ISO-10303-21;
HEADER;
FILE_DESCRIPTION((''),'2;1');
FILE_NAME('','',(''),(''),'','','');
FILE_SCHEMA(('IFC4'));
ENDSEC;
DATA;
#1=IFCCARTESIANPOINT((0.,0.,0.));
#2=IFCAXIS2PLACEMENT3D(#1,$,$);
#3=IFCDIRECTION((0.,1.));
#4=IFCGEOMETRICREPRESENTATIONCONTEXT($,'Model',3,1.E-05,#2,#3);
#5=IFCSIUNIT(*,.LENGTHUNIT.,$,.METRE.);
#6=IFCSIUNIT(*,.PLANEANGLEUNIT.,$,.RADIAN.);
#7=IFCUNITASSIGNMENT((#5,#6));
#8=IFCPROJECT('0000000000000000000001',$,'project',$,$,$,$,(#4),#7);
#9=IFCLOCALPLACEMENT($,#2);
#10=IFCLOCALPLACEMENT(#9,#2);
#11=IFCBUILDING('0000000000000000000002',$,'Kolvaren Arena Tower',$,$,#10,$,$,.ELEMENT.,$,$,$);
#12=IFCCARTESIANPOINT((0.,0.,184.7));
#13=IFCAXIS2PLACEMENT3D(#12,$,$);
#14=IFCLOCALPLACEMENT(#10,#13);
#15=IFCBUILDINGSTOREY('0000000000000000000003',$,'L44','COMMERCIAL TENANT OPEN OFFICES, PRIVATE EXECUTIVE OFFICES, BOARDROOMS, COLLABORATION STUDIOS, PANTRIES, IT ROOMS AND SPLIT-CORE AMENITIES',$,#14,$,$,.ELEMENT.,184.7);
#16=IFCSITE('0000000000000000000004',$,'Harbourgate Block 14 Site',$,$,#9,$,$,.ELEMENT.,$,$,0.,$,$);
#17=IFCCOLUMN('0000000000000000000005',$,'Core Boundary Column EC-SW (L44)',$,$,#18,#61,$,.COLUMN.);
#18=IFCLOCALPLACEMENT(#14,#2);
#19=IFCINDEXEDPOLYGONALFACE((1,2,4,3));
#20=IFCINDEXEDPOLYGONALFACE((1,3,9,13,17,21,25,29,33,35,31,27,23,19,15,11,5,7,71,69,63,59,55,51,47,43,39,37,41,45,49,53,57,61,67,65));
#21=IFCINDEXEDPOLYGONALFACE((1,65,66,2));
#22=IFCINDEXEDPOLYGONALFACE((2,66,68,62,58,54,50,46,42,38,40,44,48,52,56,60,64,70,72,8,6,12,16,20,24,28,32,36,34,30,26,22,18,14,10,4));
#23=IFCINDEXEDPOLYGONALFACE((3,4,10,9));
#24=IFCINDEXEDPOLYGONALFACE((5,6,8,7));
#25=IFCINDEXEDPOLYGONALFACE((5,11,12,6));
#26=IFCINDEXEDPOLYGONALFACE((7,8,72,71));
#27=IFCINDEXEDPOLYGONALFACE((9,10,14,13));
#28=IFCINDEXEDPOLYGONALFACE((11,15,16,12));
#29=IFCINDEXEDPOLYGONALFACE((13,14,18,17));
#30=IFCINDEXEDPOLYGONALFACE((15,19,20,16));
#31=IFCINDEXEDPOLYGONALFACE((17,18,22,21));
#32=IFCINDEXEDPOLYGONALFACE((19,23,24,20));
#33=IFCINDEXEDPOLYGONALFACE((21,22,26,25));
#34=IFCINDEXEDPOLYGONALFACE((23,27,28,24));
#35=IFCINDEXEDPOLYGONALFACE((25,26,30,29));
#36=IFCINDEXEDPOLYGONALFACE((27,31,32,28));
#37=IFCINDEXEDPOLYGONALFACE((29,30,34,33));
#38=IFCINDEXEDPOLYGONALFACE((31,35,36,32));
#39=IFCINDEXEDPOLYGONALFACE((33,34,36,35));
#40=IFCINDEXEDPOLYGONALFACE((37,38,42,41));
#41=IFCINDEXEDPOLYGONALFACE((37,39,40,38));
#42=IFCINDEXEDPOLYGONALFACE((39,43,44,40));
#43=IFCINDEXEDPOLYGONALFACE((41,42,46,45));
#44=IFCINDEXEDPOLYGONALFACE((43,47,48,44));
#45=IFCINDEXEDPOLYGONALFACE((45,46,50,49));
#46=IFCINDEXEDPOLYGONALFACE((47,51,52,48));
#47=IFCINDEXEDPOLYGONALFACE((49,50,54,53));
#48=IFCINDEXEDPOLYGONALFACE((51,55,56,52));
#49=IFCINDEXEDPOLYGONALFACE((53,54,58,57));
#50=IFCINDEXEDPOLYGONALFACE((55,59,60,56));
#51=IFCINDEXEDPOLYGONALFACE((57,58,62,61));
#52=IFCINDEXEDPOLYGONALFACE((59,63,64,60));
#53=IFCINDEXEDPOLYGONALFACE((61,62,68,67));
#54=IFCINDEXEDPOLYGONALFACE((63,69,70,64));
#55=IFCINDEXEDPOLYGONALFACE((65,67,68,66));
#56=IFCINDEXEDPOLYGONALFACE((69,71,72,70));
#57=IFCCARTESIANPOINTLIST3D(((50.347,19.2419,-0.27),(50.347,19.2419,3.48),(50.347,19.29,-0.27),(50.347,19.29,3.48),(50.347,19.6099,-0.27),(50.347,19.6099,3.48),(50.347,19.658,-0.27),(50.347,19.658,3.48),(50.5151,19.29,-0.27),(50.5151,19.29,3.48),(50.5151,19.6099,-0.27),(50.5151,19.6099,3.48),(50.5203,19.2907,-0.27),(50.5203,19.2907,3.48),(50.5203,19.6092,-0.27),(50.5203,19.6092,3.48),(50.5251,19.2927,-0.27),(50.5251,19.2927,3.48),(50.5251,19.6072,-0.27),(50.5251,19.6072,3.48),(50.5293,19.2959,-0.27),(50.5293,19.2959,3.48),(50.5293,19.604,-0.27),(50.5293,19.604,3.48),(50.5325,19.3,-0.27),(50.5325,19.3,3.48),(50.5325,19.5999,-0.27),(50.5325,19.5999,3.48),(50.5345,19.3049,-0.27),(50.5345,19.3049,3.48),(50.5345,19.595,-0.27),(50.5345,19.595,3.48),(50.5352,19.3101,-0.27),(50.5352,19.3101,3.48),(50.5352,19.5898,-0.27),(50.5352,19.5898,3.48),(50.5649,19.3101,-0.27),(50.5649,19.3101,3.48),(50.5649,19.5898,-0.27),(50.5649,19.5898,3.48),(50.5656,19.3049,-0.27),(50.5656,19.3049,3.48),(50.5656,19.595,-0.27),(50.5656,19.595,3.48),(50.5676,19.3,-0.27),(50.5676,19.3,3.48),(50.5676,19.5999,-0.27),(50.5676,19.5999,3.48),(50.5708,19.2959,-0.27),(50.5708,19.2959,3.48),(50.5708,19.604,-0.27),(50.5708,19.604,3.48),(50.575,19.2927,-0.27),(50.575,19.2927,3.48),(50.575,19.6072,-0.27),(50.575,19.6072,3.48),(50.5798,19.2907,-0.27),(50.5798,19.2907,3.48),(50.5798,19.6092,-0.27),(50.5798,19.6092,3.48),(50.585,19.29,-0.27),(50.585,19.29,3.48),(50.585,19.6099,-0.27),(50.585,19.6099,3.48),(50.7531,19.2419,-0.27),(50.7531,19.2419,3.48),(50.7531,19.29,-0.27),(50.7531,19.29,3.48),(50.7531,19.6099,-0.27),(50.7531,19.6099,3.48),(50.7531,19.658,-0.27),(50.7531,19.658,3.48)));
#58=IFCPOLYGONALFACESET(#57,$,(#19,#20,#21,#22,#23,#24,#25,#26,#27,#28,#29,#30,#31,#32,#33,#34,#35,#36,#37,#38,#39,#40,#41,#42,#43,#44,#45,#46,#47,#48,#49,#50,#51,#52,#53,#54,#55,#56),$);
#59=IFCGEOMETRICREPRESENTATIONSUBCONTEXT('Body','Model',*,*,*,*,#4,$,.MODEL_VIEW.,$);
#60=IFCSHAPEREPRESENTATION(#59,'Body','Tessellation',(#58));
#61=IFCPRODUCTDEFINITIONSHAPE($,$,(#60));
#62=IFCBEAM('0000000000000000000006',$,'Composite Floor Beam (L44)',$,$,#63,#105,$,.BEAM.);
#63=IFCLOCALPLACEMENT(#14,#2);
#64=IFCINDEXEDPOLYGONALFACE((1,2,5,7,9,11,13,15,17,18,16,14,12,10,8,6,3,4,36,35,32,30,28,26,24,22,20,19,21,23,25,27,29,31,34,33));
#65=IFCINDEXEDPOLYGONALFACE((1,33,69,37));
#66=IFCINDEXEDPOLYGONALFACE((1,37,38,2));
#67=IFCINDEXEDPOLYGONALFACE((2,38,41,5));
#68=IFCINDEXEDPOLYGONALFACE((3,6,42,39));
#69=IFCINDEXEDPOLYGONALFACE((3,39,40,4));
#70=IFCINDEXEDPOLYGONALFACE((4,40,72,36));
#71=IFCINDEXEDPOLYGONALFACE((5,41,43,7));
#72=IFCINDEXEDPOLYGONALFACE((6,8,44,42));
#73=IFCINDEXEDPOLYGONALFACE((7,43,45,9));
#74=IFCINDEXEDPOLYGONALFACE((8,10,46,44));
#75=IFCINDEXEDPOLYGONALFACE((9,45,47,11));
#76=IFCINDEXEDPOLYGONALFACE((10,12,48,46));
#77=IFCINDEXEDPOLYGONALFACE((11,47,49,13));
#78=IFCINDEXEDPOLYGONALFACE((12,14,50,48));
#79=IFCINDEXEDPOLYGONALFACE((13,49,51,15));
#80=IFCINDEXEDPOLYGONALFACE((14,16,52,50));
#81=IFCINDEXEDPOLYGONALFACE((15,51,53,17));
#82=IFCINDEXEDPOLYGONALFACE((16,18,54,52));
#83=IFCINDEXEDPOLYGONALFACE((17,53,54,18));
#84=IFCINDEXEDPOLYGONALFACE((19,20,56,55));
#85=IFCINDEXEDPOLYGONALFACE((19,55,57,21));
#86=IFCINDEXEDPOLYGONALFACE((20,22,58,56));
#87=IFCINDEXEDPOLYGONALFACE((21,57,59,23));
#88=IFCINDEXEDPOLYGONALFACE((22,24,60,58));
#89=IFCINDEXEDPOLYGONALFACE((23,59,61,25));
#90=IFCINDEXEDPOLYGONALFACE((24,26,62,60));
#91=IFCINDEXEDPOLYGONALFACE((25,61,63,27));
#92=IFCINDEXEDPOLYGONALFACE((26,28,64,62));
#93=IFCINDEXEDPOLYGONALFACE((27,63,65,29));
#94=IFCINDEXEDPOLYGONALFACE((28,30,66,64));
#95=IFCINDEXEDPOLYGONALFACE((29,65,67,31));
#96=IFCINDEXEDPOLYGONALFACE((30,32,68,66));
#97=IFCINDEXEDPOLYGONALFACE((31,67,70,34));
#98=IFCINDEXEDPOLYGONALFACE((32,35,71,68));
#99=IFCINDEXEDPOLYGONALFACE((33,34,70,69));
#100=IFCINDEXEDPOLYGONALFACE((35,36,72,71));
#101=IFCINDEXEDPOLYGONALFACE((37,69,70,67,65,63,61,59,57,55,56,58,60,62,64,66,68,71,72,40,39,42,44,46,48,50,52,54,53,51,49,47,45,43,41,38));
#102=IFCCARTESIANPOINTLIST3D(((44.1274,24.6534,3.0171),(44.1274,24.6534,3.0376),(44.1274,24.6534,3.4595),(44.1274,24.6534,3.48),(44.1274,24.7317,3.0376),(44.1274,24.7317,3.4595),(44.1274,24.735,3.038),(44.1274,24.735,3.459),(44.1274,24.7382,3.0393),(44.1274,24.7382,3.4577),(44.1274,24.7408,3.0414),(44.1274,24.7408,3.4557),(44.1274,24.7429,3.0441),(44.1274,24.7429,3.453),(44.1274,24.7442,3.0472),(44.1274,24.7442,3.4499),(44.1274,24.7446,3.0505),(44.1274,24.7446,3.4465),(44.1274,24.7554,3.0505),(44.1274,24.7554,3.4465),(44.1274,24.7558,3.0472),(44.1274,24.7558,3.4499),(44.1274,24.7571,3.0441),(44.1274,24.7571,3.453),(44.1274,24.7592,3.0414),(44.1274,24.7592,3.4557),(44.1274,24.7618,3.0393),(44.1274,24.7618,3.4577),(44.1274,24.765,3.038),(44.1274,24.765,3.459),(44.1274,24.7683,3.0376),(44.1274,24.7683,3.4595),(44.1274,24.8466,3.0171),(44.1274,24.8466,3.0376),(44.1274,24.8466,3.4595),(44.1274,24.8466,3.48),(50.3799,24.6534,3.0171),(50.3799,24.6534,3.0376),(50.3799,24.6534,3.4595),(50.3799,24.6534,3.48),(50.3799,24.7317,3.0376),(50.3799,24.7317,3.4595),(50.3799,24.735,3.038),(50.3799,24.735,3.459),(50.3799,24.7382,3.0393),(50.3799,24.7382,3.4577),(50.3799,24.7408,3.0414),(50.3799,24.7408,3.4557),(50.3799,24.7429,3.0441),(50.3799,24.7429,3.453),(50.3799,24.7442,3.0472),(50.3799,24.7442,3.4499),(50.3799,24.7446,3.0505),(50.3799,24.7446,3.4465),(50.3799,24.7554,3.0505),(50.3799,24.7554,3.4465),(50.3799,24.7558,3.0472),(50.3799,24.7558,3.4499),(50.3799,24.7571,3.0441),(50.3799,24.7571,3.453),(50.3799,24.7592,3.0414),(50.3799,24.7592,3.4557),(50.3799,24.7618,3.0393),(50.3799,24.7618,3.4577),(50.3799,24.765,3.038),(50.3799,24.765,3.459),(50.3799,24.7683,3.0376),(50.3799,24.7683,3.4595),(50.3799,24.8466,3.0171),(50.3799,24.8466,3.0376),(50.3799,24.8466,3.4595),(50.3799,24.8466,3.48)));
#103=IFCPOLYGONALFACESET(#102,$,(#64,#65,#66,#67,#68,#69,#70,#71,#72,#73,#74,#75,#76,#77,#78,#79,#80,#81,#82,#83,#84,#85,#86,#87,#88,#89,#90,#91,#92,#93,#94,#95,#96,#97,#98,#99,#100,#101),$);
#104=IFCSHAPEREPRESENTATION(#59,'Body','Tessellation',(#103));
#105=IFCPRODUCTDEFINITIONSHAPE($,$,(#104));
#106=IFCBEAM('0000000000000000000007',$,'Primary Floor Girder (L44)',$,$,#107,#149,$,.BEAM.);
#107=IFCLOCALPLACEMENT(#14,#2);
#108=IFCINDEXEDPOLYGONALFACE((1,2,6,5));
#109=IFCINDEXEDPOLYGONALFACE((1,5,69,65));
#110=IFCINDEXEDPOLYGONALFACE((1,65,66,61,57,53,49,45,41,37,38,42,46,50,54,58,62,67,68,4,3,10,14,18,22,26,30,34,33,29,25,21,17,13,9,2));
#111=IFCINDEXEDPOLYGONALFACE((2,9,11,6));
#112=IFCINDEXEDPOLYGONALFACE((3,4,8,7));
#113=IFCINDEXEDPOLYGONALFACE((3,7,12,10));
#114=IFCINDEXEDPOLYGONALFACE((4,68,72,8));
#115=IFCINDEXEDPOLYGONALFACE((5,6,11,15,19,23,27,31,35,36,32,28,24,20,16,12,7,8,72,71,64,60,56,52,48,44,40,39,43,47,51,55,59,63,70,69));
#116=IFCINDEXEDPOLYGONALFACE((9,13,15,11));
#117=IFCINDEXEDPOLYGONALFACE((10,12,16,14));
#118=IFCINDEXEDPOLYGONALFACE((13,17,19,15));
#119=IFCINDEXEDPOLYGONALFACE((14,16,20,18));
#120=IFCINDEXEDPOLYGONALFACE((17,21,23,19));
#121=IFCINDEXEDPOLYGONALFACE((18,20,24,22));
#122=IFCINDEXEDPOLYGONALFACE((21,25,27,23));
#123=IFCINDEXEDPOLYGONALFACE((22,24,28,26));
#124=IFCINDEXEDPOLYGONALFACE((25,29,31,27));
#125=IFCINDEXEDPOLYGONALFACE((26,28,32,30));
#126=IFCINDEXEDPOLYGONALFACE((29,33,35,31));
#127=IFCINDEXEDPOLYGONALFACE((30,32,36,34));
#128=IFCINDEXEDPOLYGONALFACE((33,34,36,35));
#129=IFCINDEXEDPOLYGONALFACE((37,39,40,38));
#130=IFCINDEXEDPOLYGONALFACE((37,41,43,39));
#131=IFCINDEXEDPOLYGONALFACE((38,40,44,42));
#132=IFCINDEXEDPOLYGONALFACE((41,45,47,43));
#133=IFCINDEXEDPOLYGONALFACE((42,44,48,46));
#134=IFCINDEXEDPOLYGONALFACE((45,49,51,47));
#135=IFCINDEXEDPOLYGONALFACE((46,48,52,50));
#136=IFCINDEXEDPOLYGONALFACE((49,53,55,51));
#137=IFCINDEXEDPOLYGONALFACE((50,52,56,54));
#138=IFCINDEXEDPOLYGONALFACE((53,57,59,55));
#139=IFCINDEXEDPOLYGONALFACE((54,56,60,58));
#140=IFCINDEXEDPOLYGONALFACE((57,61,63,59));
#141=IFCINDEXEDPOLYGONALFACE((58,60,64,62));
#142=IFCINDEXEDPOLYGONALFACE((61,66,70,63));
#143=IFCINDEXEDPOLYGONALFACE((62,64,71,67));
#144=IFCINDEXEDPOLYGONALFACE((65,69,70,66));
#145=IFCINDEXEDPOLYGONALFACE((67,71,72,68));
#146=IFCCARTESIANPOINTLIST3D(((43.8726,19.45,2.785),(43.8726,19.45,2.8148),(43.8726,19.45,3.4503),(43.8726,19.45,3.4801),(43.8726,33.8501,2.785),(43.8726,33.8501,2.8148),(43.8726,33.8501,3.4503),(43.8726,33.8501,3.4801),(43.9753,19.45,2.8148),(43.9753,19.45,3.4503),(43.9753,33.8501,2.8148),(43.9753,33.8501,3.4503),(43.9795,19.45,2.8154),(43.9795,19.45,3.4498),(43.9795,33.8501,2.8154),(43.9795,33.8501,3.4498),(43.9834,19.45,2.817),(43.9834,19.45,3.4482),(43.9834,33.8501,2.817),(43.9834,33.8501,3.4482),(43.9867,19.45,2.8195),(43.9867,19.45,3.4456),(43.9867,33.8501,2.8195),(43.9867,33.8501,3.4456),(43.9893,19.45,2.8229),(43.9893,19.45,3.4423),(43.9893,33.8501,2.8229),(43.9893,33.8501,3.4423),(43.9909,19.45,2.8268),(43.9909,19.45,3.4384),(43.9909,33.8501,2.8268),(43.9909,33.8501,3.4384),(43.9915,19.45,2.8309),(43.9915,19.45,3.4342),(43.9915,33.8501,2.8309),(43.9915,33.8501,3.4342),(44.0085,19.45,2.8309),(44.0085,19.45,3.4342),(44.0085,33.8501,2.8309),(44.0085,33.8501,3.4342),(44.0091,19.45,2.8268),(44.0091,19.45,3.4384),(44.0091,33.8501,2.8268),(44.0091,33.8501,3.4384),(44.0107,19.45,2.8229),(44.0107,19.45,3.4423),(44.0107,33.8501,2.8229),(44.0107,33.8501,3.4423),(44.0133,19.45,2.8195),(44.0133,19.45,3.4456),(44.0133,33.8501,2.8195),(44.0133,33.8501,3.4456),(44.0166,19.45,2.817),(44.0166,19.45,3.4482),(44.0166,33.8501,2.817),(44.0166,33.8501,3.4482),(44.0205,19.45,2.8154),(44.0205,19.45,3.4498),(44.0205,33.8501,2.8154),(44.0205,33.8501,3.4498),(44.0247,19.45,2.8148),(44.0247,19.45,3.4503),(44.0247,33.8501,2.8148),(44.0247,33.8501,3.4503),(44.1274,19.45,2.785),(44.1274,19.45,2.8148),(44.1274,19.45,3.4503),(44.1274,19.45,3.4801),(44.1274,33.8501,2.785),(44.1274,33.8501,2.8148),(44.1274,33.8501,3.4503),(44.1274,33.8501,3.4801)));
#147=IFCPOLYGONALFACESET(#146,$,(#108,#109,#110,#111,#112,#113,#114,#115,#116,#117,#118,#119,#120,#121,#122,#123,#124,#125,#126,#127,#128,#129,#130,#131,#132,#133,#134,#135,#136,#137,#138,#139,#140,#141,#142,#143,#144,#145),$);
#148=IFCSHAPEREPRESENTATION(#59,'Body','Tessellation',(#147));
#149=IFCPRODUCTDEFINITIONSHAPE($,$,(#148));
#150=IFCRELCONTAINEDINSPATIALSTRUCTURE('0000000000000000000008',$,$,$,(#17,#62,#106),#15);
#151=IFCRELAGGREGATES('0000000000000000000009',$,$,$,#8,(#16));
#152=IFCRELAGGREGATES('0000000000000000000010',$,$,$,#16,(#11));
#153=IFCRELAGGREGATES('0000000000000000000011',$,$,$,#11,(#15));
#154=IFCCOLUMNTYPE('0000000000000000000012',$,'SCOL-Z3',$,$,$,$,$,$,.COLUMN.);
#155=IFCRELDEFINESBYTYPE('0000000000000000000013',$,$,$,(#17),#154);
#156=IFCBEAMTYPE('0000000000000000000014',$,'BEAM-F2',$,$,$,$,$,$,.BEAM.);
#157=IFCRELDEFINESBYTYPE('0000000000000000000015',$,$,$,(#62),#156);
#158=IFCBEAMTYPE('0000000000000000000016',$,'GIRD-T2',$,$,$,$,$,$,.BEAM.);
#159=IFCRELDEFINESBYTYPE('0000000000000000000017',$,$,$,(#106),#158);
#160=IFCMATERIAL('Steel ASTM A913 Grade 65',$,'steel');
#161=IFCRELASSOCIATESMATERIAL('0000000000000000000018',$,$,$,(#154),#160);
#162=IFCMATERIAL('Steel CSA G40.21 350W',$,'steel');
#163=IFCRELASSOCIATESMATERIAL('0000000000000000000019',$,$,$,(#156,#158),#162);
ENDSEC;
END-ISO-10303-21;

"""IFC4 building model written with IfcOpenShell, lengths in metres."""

from ifc_helpers import new_model, si_unit, direction, frame, origin, origin_2d, place, context, subcontext, project, spatial, i_section, extrude, material, material_profile, profile_set, type_object, element, save


model = new_model("IFC4")

# Units and contexts
model_context = context("Model", 3, precision=1e-05, world=origin(), true_north=direction((0.0, 1.0)))
body_context = subcontext(model_context, "Body", "Model", "MODEL_VIEW")
ifc_project = project(units=[si_unit("LENGTHUNIT", "METRE"), si_unit("PLANEANGLEUNIT", "RADIAN")], contexts=[model_context])

# Site, building, storey
site_placement = place(None, origin())
site = spatial("IfcSite", under=ifc_project, at=site_placement, Name="Harbourgate Block 14 Site", CompositionType="ELEMENT", RefElevation=0.0)
building_placement = place(site_placement, origin())
building = spatial("IfcBuilding", under=site, at=building_placement, Name="Kolvaren Arena Tower", CompositionType="ELEMENT")
storey_placement = place(building_placement, frame((0.0, 0.0, 184.7)))
storey = spatial("IfcBuildingStorey", under=building, at=storey_placement, Name="L44", Description="COMMERCIAL TENANT OPEN OFFICES, PRIVATE EXECUTIVE OFFICES, BOARDROOMS, COLLABORATION STUDIOS, PANTRIES, IT ROOMS AND SPLIT-CORE AMENITIES", CompositionType="ELEMENT", Elevation=184.7)

# Column
ifc_material_1 = material(Name="Steel ASTM A913 Grade 65", Category="steel")
ifc_material_profile_1 = material_profile(ifc_material_1, i_section(OverallWidth=0.406, OverallDepth=0.416, WebThickness=0.0298, FlangeThickness=0.0481, FilletRadius=0.02, at=origin_2d()), Name="W360x382")
ifc_profile_set_1 = profile_set([ifc_material_profile_1], Name="Steel ASTM A913 Grade 65")
column_type = type_object("IfcColumnType", Name="SCOL-Z3", PredefinedType="COLUMN", material=ifc_profile_set_1)
column_placement = place(storey_placement, frame((50.55, 19.45, -0.27), z_axis=(0.0, 0.0, 1.0), x_axis=(1.0, 0.0, 0.0)))
element("IfcColumn", 1, at=column_placement, inside=storey, type_object=column_type, Name="Core Boundary Column EC-SW (L44)", PredefinedType="COLUMN", context=body_context, shape_type="SweptSolid", body=[
    extrude(i_section(OverallWidth=0.406, OverallDepth=0.416, WebThickness=0.0298, FlangeThickness=0.0481, FilletRadius=0.02, at=origin_2d()), origin(), (0.0, 0.0, 1.0), 3.75),
])

# Beams
ifc_material_2 = material(Name="Steel CSA G40.21 350W", Category="steel")
ifc_material_profile_2 = material_profile(ifc_material_2, i_section(OverallWidth=0.1931, OverallDepth=0.4629, WebThickness=0.0107, FlangeThickness=0.0205, FilletRadius=0.0129, at=origin_2d()), Name="W460x113")
ifc_profile_set_2 = profile_set([ifc_material_profile_2], Name="Steel CSA G40.21 350W")
beam_type_1 = type_object("IfcBeamType", Name="BEAM-F2", PredefinedType="BEAM", material=ifc_profile_set_2)
beam_1_placement = place(storey_placement, frame((44.1274, 24.75, 3.2485), z_axis=(1.0, 0.0, 0.0), x_axis=(0.0, 1.0, 0.0)))
element("IfcBeam", 2, at=beam_1_placement, inside=storey, type_object=beam_type_1, Name="Composite Floor Beam (L44)", PredefinedType="BEAM", context=body_context, shape_type="SweptSolid", body=[
    extrude(i_section(OverallWidth=0.1931, OverallDepth=0.4629, WebThickness=0.0107, FlangeThickness=0.0205, FilletRadius=0.0129, at=origin_2d()), origin(), (0.0, 0.0, 1.0), 6.2524),
])
ifc_material_profile_3 = material_profile(ifc_material_2, i_section(OverallWidth=0.2549, OverallDepth=0.6951, WebThickness=0.0171, FlangeThickness=0.0298, FilletRadius=0.0161, at=origin_2d()), Name="W690x217")
ifc_profile_set_3 = profile_set([ifc_material_profile_3], Name="Steel CSA G40.21 350W")
beam_type_2 = type_object("IfcBeamType", Name="GIRD-T2", PredefinedType="BEAM", material=ifc_profile_set_3)
beam_2_placement = place(storey_placement, frame((44.0, 19.45, 3.1326), z_axis=(0.0, 1.0, 0.0), x_axis=(-1.0, 0.0, 0.0)))
element("IfcBeam", 3, at=beam_2_placement, inside=storey, type_object=beam_type_2, Name="Primary Floor Girder (L44)", PredefinedType="BEAM", context=body_context, shape_type="SweptSolid", body=[
    extrude(i_section(OverallWidth=0.2549, OverallDepth=0.6951, WebThickness=0.0171, FlangeThickness=0.0298, FilletRadius=0.0161, at=origin_2d()), origin(), (0.0, 0.0, 1.0), 14.4001),
])

save(model, "model.ifc")
